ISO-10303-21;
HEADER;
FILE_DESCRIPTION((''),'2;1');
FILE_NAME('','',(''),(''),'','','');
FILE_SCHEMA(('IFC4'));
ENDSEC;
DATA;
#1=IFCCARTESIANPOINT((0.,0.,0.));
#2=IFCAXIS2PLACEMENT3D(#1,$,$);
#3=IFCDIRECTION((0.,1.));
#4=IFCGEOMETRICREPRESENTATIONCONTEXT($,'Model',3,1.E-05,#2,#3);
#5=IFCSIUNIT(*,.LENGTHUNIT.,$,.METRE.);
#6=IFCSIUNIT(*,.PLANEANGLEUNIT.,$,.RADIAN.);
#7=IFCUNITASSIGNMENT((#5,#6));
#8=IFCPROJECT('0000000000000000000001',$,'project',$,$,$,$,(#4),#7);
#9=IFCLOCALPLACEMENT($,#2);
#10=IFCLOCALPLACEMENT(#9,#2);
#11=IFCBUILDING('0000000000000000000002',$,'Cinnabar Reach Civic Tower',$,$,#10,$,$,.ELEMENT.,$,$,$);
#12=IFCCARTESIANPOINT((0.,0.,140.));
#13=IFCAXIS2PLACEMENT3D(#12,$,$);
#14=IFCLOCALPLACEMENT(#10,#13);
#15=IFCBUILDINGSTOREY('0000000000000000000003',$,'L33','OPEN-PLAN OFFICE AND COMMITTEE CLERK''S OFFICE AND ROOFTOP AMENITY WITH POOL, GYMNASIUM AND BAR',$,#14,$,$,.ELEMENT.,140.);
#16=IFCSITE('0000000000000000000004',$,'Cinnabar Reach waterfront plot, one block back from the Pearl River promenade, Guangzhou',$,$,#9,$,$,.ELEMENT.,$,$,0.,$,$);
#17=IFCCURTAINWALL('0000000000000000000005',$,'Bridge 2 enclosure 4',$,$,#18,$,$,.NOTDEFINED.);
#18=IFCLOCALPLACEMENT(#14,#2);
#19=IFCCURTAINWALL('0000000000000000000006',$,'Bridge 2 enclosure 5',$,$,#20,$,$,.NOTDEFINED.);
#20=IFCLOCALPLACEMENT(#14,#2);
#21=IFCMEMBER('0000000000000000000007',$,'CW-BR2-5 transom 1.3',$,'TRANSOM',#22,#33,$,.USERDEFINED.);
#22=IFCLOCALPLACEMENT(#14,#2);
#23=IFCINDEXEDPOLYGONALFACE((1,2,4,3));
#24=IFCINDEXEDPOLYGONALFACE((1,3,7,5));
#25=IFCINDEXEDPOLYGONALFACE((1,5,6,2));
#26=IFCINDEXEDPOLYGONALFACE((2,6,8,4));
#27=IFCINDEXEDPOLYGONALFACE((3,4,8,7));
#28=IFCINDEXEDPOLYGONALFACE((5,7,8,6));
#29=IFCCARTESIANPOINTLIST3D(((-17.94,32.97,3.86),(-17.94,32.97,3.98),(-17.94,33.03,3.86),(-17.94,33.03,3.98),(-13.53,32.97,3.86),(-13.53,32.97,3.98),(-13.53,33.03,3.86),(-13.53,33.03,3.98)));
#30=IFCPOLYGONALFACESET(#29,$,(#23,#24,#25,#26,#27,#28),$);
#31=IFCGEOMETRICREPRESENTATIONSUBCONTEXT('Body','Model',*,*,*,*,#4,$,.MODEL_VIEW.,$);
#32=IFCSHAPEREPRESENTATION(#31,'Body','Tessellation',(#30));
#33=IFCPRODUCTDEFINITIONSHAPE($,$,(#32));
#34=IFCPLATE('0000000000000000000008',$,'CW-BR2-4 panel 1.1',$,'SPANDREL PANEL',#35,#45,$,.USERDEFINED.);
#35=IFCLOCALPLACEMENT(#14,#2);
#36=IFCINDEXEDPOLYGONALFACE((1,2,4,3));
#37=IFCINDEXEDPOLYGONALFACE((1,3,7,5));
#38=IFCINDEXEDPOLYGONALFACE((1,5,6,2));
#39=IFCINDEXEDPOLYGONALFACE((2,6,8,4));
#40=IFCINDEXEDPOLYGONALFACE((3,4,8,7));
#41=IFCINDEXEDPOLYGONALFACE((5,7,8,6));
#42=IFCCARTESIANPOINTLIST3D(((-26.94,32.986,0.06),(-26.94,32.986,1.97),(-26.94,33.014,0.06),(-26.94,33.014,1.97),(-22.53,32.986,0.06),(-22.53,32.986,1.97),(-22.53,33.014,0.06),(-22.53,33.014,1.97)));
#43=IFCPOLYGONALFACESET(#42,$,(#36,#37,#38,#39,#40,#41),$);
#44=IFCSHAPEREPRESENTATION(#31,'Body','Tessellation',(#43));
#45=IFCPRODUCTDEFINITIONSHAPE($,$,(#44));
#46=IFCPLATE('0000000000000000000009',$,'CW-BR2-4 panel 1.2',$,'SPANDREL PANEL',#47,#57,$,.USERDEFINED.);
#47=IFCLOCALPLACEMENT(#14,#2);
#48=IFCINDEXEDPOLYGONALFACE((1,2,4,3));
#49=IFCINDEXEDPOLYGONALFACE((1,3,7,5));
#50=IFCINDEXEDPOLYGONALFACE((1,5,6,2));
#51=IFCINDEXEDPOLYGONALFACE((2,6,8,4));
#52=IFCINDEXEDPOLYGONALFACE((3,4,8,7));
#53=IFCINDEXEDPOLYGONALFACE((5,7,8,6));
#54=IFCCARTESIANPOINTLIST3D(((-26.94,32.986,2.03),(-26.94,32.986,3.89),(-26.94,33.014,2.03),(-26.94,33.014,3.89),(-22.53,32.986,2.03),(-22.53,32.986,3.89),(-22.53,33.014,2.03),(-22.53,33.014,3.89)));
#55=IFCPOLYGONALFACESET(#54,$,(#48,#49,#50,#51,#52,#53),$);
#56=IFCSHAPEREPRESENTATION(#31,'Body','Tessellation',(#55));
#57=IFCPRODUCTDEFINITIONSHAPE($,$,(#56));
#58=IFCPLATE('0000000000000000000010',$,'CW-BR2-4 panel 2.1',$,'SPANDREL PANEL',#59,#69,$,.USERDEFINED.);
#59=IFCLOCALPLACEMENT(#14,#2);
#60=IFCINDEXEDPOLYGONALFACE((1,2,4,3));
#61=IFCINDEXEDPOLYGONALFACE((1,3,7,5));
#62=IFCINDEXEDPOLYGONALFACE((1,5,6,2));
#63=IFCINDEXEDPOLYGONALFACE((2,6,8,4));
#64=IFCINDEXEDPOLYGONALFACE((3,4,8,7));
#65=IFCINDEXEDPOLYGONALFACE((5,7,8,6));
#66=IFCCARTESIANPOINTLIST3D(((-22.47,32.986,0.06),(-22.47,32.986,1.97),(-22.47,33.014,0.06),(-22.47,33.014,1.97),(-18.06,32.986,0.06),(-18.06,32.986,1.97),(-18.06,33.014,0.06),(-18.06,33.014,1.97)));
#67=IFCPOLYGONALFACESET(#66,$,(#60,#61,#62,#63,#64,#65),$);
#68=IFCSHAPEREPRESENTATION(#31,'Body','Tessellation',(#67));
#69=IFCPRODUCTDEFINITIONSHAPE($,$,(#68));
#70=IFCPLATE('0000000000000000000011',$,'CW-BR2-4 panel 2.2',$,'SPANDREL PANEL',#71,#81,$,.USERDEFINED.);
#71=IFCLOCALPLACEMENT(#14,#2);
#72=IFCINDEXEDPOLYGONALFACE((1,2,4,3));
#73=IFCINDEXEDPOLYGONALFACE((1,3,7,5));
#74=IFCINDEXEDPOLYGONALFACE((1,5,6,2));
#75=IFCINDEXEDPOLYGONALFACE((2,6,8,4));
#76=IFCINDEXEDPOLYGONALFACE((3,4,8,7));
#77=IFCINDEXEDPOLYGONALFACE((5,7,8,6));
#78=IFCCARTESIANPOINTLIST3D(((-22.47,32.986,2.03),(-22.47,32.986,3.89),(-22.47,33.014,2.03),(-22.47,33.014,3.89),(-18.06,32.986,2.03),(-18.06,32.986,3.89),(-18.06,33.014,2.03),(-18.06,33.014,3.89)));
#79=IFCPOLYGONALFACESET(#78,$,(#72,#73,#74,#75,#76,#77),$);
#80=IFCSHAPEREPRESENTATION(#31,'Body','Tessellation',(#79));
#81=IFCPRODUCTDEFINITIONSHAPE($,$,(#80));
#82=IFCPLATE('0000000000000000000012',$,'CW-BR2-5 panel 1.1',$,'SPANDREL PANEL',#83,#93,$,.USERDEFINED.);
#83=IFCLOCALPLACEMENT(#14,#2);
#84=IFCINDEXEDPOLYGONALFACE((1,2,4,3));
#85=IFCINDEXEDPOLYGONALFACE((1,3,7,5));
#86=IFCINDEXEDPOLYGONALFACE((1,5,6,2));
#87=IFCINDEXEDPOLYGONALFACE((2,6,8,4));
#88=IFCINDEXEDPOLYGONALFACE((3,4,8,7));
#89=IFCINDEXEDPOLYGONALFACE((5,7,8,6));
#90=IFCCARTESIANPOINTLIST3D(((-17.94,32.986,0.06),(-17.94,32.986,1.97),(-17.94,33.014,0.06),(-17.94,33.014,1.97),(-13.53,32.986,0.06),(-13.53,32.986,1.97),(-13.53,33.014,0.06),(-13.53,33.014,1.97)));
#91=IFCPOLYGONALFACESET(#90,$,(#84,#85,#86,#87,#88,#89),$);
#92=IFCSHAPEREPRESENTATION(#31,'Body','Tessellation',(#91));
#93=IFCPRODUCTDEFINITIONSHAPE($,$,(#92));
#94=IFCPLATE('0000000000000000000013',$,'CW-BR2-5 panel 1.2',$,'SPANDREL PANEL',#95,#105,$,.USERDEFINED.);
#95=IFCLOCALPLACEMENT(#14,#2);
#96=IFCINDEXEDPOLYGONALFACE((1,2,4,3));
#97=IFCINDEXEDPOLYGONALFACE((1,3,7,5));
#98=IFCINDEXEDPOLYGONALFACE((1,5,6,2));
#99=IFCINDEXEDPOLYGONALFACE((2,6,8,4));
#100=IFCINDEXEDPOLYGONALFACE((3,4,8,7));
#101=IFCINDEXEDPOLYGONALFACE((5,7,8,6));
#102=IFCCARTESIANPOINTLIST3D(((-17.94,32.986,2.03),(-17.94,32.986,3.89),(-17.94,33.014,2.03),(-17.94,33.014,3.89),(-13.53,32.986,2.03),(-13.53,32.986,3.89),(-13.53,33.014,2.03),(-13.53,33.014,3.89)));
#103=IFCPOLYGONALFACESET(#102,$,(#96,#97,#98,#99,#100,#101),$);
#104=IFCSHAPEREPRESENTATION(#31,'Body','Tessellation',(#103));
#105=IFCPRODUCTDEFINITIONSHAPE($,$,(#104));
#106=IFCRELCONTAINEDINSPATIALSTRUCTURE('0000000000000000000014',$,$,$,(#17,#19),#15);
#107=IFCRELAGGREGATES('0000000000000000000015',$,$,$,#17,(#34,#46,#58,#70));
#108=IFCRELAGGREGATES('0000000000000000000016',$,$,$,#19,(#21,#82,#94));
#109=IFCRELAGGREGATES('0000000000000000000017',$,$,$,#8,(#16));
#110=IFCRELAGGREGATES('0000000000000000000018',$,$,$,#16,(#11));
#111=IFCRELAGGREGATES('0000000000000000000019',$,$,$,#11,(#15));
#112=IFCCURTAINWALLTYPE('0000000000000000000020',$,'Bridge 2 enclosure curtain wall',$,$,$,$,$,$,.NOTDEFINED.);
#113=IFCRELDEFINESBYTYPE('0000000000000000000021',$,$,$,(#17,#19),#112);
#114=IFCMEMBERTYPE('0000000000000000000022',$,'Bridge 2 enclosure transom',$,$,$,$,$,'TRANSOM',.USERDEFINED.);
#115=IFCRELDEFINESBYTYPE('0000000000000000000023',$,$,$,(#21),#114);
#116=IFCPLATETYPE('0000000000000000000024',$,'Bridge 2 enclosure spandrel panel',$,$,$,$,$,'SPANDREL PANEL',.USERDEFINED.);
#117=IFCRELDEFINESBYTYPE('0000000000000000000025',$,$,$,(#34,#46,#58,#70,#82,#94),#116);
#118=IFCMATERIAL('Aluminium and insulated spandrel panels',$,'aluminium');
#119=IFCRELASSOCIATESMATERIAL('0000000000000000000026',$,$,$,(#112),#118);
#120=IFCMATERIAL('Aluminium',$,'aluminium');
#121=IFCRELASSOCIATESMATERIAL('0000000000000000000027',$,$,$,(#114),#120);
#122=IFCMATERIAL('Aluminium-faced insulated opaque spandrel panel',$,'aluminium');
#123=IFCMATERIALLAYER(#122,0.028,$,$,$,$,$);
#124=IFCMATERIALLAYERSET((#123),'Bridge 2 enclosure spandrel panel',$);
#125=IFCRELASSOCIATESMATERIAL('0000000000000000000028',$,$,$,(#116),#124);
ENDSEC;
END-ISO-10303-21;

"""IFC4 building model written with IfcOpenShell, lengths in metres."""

from ifc_helpers import new_model, si_unit, direction, frame, origin, origin_2d, place, context, subcontext, project, spatial, rectangle, extrude, material, layer, layer_set, material_profile, profile_set, type_object, element, aggregate, save


model = new_model("IFC4")

# Units and contexts
model_context = context("Model", 3, precision=1e-05, world=origin(), true_north=direction((0.0, 1.0)))
body_context = subcontext(model_context, "Body", "Model", "MODEL_VIEW")
ifc_project = project(units=[si_unit("LENGTHUNIT", "METRE"), si_unit("PLANEANGLEUNIT", "RADIAN")], contexts=[model_context])

# Site, building, storey
site_placement = place(None, origin())
site = spatial("IfcSite", under=ifc_project, at=site_placement, Name="Cinnabar Reach waterfront plot, one block back from the Pearl River promenade, Guangzhou", CompositionType="ELEMENT", RefElevation=0.0)
building_placement = place(site_placement, origin())
building = spatial("IfcBuilding", under=site, at=building_placement, Name="Cinnabar Reach Civic Tower", CompositionType="ELEMENT")
storey_placement = place(building_placement, frame((0.0, 0.0, 140.0)))
storey = spatial("IfcBuildingStorey", under=building, at=storey_placement, Name="L33", Description="OPEN-PLAN OFFICE AND COMMITTEE CLERK'S OFFICE AND ROOFTOP AMENITY WITH POOL, GYMNASIUM AND BAR", CompositionType="ELEMENT", Elevation=140.0)

# Curtain walls
ifc_material_1 = material(Name="Aluminium and insulated spandrel panels", Category="aluminium")
curtain_wall_type = type_object("IfcCurtainWallType", Name="Bridge 2 enclosure curtain wall", PredefinedType="NOTDEFINED", material=ifc_material_1)
curtain_wall_1_placement = place(storey_placement, origin())
curtain_wall_1 = element("IfcCurtainWall", 1, at=curtain_wall_1_placement, inside=storey, type_object=curtain_wall_type, Name="Bridge 2 enclosure 4", PredefinedType="NOTDEFINED")
ifc_material_2 = material(Name="Aluminium", Category="aluminium")
curtain_wall_2_placement = place(storey_placement, origin())
curtain_wall_2 = element("IfcCurtainWall", 2, at=curtain_wall_2_placement, inside=storey, type_object=curtain_wall_type, Name="Bridge 2 enclosure 5", PredefinedType="NOTDEFINED")
ifc_material_profile_1 = material_profile(ifc_material_2, rectangle(XDim=0.06, YDim=0.12, at=origin_2d()), Name="Bridge 2 enclosure transom")
ifc_profile_set_1 = profile_set([ifc_material_profile_1], Name="Aluminium")
member_type_1 = type_object("IfcMemberType", Name="Bridge 2 enclosure transom", ElementType="TRANSOM", PredefinedType="USERDEFINED", material=ifc_profile_set_1)

# Member
member_1_placement = place(storey_placement, frame((-17.94, 33.0, 3.92), z_axis=(1.0, 0.0, 0.0), x_axis=(0.0, 1.0, 0.0)))
member_1 = element("IfcMember", 3, at=member_1_placement, type_object=member_type_1, Name="CW-BR2-5 transom 1.3", ObjectType="TRANSOM", PredefinedType="USERDEFINED", context=body_context, shape_type="SweptSolid", body=[
    extrude(rectangle(XDim=0.06, YDim=0.12, at=origin_2d()), origin(), (0.0, 0.0, 1.0), 4.41),
])

# Plates
ifc_material_3 = material(Name="Aluminium-faced insulated opaque spandrel panel", Category="aluminium")
ifc_layer = layer(ifc_material_3, 0.028)
ifc_layer_set = layer_set([ifc_layer], Name="Bridge 2 enclosure spandrel panel")
plate_type = type_object("IfcPlateType", Name="Bridge 2 enclosure spandrel panel", ElementType="SPANDREL PANEL", PredefinedType="USERDEFINED", material=ifc_layer_set)
plate_1_placement = place(storey_placement, frame((-24.735, 33.0, 0.06), z_axis=(0.0, 0.0, 1.0), x_axis=(1.0, 0.0, 0.0)))
plate_1 = element("IfcPlate", 4, at=plate_1_placement, type_object=plate_type, Name="CW-BR2-4 panel 1.1", ObjectType="SPANDREL PANEL", PredefinedType="USERDEFINED", context=body_context, shape_type="SweptSolid", body=[
    extrude(rectangle(XDim=4.41, YDim=0.028, at=origin_2d()), origin(), (0.0, 0.0, 1.0), 1.91),
])
plate_2_placement = place(storey_placement, frame((-24.735, 33.0, 2.03), z_axis=(0.0, 0.0, 1.0), x_axis=(1.0, 0.0, 0.0)))
plate_2 = element("IfcPlate", 5, at=plate_2_placement, type_object=plate_type, Name="CW-BR2-4 panel 1.2", ObjectType="SPANDREL PANEL", PredefinedType="USERDEFINED", context=body_context, shape_type="SweptSolid", body=[
    extrude(rectangle(XDim=4.41, YDim=0.028, at=origin_2d()), origin(), (0.0, 0.0, 1.0), 1.86),
])
plate_3_placement = place(storey_placement, frame((-20.265, 33.0, 0.06), z_axis=(0.0, 0.0, 1.0), x_axis=(1.0, 0.0, 0.0)))
plate_3 = element("IfcPlate", 6, at=plate_3_placement, type_object=plate_type, Name="CW-BR2-4 panel 2.1", ObjectType="SPANDREL PANEL", PredefinedType="USERDEFINED", context=body_context, shape_type="SweptSolid", body=[
    extrude(rectangle(XDim=4.41, YDim=0.028, at=origin_2d()), origin(), (0.0, 0.0, 1.0), 1.91),
])
plate_4_placement = place(storey_placement, frame((-20.265, 33.0, 2.03), z_axis=(0.0, 0.0, 1.0), x_axis=(1.0, 0.0, 0.0)))
plate_4 = element("IfcPlate", 7, at=plate_4_placement, type_object=plate_type, Name="CW-BR2-4 panel 2.2", ObjectType="SPANDREL PANEL", PredefinedType="USERDEFINED", context=body_context, shape_type="SweptSolid", body=[
    extrude(rectangle(XDim=4.41, YDim=0.028, at=origin_2d()), origin(), (0.0, 0.0, 1.0), 1.86),
])
aggregate(curtain_wall_1, [plate_1, plate_2, plate_3, plate_4])
plate_5_placement = place(storey_placement, frame((-15.735, 33.0, 0.06), z_axis=(0.0, 0.0, 1.0), x_axis=(1.0, 0.0, 0.0)))
plate_5 = element("IfcPlate", 8, at=plate_5_placement, type_object=plate_type, Name="CW-BR2-5 panel 1.1", ObjectType="SPANDREL PANEL", PredefinedType="USERDEFINED", context=body_context, shape_type="SweptSolid", body=[
    extrude(rectangle(XDim=4.41, YDim=0.028, at=origin_2d()), origin(), (0.0, 0.0, 1.0), 1.91),
])
plate_6_placement = place(storey_placement, frame((-15.735, 33.0, 2.03), z_axis=(0.0, 0.0, 1.0), x_axis=(1.0, 0.0, 0.0)))
plate_6 = element("IfcPlate", 9, at=plate_6_placement, type_object=plate_type, Name="CW-BR2-5 panel 1.2", ObjectType="SPANDREL PANEL", PredefinedType="USERDEFINED", context=body_context, shape_type="SweptSolid", body=[
    extrude(rectangle(XDim=4.41, YDim=0.028, at=origin_2d()), origin(), (0.0, 0.0, 1.0), 1.86),
])
aggregate(curtain_wall_2, [member_1, plate_5, plate_6])

save(model, "model.ifc")
